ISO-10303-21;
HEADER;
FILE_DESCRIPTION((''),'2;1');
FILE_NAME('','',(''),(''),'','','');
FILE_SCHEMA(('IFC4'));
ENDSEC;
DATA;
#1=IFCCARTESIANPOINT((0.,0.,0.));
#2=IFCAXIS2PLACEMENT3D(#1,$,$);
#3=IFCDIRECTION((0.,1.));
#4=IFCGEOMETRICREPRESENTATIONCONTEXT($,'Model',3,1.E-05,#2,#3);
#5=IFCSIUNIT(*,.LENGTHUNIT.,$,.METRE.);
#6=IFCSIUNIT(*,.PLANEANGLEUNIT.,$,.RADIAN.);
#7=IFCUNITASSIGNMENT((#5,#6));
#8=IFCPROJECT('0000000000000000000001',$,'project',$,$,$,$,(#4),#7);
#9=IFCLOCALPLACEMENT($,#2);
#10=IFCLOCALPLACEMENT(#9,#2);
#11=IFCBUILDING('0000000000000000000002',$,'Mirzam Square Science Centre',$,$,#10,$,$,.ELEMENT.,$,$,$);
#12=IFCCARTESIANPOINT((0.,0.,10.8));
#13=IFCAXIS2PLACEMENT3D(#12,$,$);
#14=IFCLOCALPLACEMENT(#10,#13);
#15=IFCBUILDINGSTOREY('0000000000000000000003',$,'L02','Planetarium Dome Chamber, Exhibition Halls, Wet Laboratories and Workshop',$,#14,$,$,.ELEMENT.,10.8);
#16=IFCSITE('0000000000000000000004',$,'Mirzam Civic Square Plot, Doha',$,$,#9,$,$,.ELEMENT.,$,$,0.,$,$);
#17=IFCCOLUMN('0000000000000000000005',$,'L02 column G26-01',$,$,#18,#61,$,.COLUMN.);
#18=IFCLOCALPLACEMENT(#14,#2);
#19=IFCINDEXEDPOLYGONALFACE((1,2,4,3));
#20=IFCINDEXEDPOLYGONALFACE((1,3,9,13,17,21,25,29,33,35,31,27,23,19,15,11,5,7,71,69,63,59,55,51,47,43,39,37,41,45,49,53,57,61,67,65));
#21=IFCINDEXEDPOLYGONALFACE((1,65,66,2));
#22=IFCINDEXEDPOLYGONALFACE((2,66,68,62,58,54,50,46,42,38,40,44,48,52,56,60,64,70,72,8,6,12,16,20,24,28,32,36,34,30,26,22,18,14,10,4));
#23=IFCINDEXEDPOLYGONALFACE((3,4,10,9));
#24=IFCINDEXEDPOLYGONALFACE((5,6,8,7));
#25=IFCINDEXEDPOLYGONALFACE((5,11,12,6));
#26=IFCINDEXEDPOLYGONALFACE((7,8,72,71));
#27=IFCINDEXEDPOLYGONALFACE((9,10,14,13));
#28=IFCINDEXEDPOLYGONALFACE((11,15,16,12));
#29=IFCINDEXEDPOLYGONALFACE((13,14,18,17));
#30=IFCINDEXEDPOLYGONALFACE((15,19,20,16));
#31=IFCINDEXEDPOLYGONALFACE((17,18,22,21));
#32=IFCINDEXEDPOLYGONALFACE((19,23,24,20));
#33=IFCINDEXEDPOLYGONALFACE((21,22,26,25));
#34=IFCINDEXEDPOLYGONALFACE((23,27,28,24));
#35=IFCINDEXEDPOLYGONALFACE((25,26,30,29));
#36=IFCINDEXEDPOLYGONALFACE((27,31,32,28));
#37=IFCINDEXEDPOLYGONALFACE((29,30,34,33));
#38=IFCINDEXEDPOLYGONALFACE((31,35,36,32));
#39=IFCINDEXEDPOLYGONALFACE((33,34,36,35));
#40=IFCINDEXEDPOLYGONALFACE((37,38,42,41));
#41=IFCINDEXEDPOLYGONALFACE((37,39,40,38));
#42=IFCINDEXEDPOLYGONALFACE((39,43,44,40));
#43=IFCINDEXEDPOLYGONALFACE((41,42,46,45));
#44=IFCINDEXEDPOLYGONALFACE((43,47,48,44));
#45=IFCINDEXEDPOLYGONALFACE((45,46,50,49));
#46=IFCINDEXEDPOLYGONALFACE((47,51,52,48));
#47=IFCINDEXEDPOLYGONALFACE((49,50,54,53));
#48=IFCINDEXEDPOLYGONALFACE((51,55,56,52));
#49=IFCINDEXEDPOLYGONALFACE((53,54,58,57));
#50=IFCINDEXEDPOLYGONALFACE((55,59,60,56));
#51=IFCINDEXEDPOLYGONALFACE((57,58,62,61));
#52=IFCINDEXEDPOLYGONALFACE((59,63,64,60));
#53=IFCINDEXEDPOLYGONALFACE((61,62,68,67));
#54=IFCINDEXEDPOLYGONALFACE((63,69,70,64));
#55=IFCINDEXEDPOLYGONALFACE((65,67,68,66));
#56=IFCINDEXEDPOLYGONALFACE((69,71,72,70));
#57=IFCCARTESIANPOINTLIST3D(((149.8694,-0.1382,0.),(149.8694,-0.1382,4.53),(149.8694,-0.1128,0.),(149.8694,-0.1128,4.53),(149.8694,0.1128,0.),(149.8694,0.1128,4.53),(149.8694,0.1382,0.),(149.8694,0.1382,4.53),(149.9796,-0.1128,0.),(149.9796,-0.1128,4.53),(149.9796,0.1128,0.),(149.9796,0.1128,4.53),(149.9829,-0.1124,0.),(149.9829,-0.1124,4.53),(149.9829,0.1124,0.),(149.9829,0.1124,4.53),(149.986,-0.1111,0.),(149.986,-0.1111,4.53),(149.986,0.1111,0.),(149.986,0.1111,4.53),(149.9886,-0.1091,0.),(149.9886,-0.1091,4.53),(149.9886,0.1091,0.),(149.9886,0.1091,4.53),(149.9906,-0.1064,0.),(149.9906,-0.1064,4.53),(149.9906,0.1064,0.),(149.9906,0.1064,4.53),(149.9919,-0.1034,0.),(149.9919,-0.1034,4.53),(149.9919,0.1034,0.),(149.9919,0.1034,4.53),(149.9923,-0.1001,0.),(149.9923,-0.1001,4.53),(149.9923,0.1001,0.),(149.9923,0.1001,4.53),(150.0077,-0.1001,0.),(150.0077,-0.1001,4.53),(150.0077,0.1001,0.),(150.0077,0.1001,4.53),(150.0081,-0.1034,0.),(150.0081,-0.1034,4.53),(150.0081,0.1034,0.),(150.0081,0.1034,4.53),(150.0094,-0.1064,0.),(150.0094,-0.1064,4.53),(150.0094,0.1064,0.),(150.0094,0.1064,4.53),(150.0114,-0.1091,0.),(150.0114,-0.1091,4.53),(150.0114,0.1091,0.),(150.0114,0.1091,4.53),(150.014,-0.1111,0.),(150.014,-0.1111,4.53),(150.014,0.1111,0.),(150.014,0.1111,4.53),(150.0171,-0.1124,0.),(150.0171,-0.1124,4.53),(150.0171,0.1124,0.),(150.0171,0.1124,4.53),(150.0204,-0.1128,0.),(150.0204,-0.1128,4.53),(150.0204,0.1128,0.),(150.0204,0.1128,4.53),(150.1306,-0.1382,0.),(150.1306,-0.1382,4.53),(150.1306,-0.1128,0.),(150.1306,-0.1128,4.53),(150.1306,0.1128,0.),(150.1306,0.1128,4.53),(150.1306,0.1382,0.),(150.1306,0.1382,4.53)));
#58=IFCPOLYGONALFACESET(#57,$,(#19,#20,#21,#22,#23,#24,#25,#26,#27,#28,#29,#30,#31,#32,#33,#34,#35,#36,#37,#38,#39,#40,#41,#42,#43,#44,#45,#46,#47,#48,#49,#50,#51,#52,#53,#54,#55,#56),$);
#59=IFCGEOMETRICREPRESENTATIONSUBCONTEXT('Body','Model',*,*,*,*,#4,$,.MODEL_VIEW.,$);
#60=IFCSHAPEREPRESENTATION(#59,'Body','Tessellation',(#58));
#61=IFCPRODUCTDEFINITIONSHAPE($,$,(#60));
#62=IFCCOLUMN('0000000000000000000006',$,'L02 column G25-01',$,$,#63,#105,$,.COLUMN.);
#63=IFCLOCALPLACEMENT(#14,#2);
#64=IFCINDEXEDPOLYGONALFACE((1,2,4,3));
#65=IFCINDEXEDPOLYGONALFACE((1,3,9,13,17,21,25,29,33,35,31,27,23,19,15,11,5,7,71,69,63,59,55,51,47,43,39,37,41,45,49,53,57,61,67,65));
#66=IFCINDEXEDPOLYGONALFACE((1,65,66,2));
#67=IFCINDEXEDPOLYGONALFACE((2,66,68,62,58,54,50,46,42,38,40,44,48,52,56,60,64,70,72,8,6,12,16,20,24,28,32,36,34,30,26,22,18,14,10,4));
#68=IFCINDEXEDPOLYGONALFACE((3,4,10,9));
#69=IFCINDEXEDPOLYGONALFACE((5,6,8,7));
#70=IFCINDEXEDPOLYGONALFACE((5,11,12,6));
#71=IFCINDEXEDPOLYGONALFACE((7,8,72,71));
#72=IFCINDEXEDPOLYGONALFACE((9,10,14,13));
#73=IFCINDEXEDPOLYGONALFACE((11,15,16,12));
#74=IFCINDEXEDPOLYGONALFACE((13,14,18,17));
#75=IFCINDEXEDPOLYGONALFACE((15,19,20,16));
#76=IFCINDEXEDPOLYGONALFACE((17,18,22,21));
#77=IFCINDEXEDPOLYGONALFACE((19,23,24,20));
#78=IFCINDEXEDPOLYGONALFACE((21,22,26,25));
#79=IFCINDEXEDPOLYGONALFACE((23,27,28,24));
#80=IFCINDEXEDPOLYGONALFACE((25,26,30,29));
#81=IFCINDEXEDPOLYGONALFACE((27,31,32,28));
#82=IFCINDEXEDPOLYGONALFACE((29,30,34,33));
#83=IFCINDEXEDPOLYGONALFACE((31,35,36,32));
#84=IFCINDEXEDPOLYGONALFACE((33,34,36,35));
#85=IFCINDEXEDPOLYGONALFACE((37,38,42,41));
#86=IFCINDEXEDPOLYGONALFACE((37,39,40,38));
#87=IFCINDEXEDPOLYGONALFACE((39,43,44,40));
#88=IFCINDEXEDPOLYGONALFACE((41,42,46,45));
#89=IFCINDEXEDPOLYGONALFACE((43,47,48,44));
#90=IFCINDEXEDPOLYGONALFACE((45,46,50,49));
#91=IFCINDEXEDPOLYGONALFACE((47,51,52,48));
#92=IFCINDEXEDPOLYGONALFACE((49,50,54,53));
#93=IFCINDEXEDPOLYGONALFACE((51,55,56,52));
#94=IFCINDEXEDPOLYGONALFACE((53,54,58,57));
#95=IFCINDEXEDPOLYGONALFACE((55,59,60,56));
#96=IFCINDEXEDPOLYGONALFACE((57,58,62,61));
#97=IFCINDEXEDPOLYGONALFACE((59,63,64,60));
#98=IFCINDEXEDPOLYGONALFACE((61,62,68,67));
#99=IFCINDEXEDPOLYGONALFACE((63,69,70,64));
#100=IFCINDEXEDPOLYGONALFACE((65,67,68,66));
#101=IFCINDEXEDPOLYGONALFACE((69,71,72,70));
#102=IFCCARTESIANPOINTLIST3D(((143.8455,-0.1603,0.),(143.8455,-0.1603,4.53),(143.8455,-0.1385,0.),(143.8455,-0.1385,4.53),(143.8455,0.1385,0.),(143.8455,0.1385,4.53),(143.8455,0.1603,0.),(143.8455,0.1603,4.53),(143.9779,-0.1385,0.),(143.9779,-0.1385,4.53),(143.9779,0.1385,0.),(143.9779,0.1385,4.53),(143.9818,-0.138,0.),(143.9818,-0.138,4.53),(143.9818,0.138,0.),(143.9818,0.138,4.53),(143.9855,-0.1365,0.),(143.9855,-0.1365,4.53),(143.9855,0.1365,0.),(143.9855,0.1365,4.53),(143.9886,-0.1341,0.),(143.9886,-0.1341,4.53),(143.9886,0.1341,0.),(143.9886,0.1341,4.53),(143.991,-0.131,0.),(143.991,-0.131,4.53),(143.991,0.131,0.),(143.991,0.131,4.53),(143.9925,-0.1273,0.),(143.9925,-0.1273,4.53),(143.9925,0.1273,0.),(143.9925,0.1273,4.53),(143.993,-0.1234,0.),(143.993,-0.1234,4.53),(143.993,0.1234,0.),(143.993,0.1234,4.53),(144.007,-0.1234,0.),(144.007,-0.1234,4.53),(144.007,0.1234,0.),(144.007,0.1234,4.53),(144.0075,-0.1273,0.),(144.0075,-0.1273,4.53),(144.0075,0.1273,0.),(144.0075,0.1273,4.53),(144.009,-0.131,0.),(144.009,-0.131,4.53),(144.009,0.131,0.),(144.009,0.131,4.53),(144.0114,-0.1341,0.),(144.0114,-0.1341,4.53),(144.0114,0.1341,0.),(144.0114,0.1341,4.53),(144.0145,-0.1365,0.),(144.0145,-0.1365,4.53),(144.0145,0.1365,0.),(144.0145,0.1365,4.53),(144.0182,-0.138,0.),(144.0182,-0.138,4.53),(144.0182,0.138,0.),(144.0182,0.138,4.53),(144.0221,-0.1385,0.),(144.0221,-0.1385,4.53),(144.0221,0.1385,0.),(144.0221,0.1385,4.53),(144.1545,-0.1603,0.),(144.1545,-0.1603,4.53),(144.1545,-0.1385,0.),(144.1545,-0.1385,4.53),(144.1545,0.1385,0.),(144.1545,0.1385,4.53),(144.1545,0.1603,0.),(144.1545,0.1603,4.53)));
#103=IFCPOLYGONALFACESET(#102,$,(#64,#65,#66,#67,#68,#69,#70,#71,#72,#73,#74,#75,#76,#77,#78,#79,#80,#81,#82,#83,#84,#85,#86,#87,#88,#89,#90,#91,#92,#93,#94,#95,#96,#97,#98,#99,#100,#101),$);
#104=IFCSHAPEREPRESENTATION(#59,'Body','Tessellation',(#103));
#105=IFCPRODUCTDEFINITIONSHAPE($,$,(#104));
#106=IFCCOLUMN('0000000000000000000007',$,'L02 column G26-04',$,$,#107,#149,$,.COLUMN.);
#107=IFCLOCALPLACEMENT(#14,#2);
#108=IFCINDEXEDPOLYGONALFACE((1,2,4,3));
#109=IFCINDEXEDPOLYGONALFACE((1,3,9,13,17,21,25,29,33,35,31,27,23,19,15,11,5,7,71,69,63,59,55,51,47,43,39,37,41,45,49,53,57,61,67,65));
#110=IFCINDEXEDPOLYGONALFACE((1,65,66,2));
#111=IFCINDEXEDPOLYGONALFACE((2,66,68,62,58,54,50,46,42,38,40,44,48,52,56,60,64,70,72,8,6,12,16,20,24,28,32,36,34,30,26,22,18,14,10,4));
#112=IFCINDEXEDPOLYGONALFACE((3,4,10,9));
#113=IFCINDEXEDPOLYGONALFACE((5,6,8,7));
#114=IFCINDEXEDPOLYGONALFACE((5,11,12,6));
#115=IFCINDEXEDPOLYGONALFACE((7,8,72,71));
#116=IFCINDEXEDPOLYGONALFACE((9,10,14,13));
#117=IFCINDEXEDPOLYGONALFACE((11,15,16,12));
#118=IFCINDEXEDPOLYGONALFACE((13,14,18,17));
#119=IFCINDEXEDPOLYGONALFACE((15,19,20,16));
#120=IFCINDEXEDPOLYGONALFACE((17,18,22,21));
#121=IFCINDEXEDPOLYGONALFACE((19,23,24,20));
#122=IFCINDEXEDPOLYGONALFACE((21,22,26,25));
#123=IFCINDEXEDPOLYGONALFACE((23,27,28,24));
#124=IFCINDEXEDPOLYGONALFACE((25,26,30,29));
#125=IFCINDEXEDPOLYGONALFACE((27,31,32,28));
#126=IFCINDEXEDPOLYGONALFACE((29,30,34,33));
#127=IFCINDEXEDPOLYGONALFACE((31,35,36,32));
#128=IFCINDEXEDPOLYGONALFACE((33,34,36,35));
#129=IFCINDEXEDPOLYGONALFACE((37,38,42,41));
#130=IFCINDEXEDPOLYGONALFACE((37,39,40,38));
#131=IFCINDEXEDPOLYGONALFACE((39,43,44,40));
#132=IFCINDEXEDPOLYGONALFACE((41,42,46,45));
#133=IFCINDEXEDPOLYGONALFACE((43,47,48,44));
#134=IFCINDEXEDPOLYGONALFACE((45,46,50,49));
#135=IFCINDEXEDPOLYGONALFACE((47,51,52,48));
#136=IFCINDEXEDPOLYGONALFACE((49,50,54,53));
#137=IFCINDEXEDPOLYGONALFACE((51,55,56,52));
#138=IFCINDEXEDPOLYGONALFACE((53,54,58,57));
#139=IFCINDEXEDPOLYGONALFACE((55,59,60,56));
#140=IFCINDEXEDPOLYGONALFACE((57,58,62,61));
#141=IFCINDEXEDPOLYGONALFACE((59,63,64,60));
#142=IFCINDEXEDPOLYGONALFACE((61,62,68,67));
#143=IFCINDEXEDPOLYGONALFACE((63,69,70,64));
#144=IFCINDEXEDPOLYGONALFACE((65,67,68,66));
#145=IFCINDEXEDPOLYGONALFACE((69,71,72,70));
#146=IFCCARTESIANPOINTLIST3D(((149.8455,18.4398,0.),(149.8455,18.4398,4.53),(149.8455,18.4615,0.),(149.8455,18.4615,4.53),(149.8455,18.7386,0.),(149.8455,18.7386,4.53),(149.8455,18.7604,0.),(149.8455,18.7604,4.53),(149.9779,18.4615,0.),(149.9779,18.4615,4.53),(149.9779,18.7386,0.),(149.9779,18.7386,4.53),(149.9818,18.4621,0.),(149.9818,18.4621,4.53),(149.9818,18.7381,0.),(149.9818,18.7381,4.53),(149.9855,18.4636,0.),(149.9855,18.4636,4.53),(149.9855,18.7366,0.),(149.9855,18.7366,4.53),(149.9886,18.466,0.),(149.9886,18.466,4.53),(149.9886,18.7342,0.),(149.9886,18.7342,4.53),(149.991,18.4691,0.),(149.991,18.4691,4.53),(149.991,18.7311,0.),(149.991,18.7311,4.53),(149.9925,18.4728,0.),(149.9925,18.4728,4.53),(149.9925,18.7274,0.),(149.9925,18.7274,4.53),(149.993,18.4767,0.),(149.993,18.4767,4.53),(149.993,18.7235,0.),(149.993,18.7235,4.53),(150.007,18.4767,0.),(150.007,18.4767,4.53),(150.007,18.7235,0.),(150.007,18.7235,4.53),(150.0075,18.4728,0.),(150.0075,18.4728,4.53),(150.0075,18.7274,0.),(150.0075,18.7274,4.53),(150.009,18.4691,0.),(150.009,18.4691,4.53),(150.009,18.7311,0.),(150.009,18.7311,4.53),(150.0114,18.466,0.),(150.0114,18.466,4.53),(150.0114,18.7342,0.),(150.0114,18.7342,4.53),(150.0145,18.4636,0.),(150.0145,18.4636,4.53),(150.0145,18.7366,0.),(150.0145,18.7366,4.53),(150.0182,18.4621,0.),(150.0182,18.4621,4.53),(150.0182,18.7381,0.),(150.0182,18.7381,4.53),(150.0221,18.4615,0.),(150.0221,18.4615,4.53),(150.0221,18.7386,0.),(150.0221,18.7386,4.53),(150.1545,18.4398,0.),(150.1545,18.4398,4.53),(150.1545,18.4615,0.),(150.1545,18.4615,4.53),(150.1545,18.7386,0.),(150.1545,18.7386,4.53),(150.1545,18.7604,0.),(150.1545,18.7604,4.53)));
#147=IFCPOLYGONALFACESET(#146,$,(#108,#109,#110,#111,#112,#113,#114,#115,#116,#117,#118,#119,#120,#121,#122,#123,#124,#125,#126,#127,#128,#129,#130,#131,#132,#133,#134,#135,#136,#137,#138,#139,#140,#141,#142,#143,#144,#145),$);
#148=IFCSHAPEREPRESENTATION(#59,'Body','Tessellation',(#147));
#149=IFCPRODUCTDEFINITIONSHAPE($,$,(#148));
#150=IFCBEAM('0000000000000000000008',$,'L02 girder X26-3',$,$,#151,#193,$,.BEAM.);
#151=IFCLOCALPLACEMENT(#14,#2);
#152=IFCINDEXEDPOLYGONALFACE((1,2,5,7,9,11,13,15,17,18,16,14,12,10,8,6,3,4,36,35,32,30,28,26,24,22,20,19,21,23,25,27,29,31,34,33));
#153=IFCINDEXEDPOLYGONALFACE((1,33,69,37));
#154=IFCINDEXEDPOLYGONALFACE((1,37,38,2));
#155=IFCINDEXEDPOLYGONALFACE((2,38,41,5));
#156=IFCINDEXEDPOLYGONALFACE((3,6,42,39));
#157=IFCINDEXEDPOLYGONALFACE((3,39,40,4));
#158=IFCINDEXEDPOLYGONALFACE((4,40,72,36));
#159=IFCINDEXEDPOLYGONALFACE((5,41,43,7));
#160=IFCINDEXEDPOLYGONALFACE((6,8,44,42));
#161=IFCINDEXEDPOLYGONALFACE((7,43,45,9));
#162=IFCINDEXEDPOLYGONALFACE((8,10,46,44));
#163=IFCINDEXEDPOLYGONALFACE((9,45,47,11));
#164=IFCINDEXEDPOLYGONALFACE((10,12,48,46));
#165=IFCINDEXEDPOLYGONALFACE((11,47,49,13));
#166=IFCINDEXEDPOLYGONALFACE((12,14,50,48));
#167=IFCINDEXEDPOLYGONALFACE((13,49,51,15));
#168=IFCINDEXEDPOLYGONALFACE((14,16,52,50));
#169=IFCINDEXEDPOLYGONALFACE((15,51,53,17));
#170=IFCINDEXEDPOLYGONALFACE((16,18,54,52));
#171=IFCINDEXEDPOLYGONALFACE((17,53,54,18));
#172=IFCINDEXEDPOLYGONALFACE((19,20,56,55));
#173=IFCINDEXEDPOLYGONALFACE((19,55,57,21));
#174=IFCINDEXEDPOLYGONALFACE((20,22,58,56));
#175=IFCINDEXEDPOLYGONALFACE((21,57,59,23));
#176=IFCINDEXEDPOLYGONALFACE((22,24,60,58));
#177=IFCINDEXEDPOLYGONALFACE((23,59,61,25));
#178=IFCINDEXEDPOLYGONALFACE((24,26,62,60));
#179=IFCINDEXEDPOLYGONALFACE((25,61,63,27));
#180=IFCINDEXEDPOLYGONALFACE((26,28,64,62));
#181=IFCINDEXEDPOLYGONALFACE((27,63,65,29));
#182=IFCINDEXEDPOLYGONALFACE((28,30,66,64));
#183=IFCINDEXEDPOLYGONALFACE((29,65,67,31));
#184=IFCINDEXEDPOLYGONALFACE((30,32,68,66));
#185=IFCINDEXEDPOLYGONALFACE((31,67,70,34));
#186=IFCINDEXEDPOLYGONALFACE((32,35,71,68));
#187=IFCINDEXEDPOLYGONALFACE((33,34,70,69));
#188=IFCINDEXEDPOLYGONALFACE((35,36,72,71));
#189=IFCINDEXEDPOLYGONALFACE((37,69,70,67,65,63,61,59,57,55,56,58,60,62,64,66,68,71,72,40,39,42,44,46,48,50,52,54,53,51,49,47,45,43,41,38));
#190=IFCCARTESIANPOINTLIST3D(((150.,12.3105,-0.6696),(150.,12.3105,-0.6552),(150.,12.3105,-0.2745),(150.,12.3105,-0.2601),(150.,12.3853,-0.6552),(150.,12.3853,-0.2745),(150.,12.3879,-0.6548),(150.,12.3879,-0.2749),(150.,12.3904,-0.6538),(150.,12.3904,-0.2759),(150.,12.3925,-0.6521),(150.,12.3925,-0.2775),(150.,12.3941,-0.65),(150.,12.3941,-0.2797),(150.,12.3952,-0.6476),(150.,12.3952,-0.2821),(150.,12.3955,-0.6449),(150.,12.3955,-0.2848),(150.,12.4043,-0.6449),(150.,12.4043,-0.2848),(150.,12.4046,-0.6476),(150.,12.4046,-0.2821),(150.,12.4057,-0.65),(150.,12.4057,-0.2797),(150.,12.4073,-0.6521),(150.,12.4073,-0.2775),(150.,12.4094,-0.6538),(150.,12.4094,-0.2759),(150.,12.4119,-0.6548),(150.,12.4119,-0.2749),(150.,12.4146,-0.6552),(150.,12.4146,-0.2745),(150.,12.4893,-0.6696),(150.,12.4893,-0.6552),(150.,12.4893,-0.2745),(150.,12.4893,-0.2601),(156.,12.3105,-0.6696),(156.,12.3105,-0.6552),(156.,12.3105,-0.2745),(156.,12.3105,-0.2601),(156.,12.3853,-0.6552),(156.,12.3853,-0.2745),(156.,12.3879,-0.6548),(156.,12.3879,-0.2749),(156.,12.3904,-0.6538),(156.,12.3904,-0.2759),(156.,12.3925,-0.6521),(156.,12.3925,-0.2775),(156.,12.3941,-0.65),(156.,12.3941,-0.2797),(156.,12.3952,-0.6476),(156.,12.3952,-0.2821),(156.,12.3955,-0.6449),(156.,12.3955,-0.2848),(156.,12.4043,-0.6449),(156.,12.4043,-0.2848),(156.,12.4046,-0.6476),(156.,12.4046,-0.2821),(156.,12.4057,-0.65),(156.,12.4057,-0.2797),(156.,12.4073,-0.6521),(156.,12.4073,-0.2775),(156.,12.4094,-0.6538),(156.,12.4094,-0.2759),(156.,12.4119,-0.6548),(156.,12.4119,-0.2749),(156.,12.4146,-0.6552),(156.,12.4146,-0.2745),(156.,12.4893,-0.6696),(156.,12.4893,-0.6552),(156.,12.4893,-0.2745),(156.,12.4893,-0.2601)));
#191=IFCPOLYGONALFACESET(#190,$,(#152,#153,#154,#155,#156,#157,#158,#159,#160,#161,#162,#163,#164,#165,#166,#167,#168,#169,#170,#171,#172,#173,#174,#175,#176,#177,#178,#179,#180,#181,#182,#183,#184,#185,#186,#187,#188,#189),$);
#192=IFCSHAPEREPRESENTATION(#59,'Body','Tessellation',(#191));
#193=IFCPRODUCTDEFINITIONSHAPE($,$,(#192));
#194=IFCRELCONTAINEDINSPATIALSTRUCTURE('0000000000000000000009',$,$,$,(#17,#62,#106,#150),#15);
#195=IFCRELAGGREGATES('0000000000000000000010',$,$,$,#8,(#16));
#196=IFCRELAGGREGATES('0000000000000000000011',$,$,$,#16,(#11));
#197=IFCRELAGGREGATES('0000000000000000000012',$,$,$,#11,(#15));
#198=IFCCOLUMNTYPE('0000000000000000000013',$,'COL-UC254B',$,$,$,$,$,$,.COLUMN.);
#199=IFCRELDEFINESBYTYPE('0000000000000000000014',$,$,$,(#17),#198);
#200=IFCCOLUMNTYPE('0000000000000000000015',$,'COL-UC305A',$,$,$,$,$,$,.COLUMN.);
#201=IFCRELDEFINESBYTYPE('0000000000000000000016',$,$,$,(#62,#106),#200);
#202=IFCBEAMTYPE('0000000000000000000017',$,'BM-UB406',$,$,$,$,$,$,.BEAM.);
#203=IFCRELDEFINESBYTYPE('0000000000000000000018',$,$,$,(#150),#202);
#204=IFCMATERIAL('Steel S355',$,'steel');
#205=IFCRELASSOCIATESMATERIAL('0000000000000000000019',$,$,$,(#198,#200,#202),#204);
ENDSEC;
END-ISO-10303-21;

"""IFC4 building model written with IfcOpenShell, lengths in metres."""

from ifc_helpers import new_model, si_unit, direction, frame, origin, origin_2d, place, context, subcontext, project, spatial, i_section, extrude, material, material_profile, profile_set, type_object, element, save


model = new_model("IFC4")

# Units and contexts
model_context = context("Model", 3, precision=1e-05, world=origin(), true_north=direction((0.0, 1.0)))
body_context = subcontext(model_context, "Body", "Model", "MODEL_VIEW")
ifc_project = project(units=[si_unit("LENGTHUNIT", "METRE"), si_unit("PLANEANGLEUNIT", "RADIAN")], contexts=[model_context])

# Site, building, storey
site_placement = place(None, origin())
site = spatial("IfcSite", under=ifc_project, at=site_placement, Name="Mirzam Civic Square Plot, Doha", CompositionType="ELEMENT", RefElevation=0.0)
building_placement = place(site_placement, origin())
building = spatial("IfcBuilding", under=site, at=building_placement, Name="Mirzam Square Science Centre", CompositionType="ELEMENT")
storey_placement = place(building_placement, frame((0.0, 0.0, 10.8)))
storey = spatial("IfcBuildingStorey", under=building, at=storey_placement, Name="L02", Description="Planetarium Dome Chamber, Exhibition Halls, Wet Laboratories and Workshop", CompositionType="ELEMENT", Elevation=10.8)

# Columns
ifc_material_1 = material(Name="Steel S355", Category="steel")
ifc_material_profile_1 = material_profile(ifc_material_1, i_section(OverallWidth=0.2612, OverallDepth=0.2764, WebThickness=0.0154, FlangeThickness=0.0254, FilletRadius=0.0127, at=origin_2d()), Name="254x254x132UC")
ifc_profile_set_1 = profile_set([ifc_material_profile_1], Name="Steel S355")
column_type_1 = type_object("IfcColumnType", Name="COL-UC254B", PredefinedType="COLUMN", material=ifc_profile_set_1)
for number, where, z_axis, x_axis, name in (
    (1, (150.0, 0.0, 0.0), (0.0, 0.0, 1.0), (1.0, 0.0, 0.0), "L02 column G26-01"),
):
    element("IfcColumn", number, at=place(storey_placement, frame(where, z_axis=z_axis, x_axis=x_axis)), inside=storey, type_object=column_type_1, Name=name, PredefinedType="COLUMN", context=body_context, shape_type="SweptSolid", body=[
        extrude(i_section(OverallWidth=0.2612, OverallDepth=0.2764, WebThickness=0.0154, FlangeThickness=0.0254, FilletRadius=0.0127, at=origin_2d()), origin(), (0.0, 0.0, 1.0), 4.53),
    ])
ifc_material_profile_2 = material_profile(ifc_material_1, i_section(OverallWidth=0.3091, OverallDepth=0.3206, WebThickness=0.0139, FlangeThickness=0.0217, FilletRadius=0.0151, at=origin_2d()), Name="305x305x137UC")
ifc_profile_set_2 = profile_set([ifc_material_profile_2], Name="Steel S355")
column_type_2 = type_object("IfcColumnType", Name="COL-UC305A", PredefinedType="COLUMN", material=ifc_profile_set_2)
for number, where, z_axis, x_axis, name in (
    (2, (144.0, 0.0, 0.0), (0.0, 0.0, 1.0), (1.0, 0.0, 0.0), "L02 column G25-01"),
    (3, (150.0, 18.6001, 0.0), (0.0, 0.0, 1.0), (1.0, 0.0, 0.0), "L02 column G26-04"),
):
    element("IfcColumn", number, at=place(storey_placement, frame(where, z_axis=z_axis, x_axis=x_axis)), inside=storey, type_object=column_type_2, Name=name, PredefinedType="COLUMN", context=body_context, shape_type="SweptSolid", body=[
        extrude(i_section(OverallWidth=0.3091, OverallDepth=0.3206, WebThickness=0.0139, FlangeThickness=0.0217, FilletRadius=0.0151, at=origin_2d()), origin(), (0.0, 0.0, 1.0), 4.53),
    ])

# Beam
ifc_material_profile_3 = material_profile(ifc_material_1, i_section(OverallWidth=0.1787, OverallDepth=0.4094, WebThickness=0.0088, FlangeThickness=0.0144, FilletRadius=0.0103, at=origin_2d()), Name="406x178x67UB")
ifc_profile_set_3 = profile_set([ifc_material_profile_3], Name="Steel S355")
beam_type_1 = type_object("IfcBeamType", Name="BM-UB406", PredefinedType="BEAM", material=ifc_profile_set_3)
beam_1_placement = place(storey_placement, frame((150.0, 12.3999, -0.4648), z_axis=(1.0, 0.0, 0.0), x_axis=(0.0, 1.0, 0.0)))
element("IfcBeam", 4, at=beam_1_placement, inside=storey, type_object=beam_type_1, Name="L02 girder X26-3", PredefinedType="BEAM", context=body_context, shape_type="SweptSolid", body=[
    extrude(i_section(OverallWidth=0.1787, OverallDepth=0.4094, WebThickness=0.0088, FlangeThickness=0.0144, FilletRadius=0.0103, at=origin_2d()), origin(), (0.0, 0.0, 1.0), 6.0),
])

save(model, "model.ifc")
